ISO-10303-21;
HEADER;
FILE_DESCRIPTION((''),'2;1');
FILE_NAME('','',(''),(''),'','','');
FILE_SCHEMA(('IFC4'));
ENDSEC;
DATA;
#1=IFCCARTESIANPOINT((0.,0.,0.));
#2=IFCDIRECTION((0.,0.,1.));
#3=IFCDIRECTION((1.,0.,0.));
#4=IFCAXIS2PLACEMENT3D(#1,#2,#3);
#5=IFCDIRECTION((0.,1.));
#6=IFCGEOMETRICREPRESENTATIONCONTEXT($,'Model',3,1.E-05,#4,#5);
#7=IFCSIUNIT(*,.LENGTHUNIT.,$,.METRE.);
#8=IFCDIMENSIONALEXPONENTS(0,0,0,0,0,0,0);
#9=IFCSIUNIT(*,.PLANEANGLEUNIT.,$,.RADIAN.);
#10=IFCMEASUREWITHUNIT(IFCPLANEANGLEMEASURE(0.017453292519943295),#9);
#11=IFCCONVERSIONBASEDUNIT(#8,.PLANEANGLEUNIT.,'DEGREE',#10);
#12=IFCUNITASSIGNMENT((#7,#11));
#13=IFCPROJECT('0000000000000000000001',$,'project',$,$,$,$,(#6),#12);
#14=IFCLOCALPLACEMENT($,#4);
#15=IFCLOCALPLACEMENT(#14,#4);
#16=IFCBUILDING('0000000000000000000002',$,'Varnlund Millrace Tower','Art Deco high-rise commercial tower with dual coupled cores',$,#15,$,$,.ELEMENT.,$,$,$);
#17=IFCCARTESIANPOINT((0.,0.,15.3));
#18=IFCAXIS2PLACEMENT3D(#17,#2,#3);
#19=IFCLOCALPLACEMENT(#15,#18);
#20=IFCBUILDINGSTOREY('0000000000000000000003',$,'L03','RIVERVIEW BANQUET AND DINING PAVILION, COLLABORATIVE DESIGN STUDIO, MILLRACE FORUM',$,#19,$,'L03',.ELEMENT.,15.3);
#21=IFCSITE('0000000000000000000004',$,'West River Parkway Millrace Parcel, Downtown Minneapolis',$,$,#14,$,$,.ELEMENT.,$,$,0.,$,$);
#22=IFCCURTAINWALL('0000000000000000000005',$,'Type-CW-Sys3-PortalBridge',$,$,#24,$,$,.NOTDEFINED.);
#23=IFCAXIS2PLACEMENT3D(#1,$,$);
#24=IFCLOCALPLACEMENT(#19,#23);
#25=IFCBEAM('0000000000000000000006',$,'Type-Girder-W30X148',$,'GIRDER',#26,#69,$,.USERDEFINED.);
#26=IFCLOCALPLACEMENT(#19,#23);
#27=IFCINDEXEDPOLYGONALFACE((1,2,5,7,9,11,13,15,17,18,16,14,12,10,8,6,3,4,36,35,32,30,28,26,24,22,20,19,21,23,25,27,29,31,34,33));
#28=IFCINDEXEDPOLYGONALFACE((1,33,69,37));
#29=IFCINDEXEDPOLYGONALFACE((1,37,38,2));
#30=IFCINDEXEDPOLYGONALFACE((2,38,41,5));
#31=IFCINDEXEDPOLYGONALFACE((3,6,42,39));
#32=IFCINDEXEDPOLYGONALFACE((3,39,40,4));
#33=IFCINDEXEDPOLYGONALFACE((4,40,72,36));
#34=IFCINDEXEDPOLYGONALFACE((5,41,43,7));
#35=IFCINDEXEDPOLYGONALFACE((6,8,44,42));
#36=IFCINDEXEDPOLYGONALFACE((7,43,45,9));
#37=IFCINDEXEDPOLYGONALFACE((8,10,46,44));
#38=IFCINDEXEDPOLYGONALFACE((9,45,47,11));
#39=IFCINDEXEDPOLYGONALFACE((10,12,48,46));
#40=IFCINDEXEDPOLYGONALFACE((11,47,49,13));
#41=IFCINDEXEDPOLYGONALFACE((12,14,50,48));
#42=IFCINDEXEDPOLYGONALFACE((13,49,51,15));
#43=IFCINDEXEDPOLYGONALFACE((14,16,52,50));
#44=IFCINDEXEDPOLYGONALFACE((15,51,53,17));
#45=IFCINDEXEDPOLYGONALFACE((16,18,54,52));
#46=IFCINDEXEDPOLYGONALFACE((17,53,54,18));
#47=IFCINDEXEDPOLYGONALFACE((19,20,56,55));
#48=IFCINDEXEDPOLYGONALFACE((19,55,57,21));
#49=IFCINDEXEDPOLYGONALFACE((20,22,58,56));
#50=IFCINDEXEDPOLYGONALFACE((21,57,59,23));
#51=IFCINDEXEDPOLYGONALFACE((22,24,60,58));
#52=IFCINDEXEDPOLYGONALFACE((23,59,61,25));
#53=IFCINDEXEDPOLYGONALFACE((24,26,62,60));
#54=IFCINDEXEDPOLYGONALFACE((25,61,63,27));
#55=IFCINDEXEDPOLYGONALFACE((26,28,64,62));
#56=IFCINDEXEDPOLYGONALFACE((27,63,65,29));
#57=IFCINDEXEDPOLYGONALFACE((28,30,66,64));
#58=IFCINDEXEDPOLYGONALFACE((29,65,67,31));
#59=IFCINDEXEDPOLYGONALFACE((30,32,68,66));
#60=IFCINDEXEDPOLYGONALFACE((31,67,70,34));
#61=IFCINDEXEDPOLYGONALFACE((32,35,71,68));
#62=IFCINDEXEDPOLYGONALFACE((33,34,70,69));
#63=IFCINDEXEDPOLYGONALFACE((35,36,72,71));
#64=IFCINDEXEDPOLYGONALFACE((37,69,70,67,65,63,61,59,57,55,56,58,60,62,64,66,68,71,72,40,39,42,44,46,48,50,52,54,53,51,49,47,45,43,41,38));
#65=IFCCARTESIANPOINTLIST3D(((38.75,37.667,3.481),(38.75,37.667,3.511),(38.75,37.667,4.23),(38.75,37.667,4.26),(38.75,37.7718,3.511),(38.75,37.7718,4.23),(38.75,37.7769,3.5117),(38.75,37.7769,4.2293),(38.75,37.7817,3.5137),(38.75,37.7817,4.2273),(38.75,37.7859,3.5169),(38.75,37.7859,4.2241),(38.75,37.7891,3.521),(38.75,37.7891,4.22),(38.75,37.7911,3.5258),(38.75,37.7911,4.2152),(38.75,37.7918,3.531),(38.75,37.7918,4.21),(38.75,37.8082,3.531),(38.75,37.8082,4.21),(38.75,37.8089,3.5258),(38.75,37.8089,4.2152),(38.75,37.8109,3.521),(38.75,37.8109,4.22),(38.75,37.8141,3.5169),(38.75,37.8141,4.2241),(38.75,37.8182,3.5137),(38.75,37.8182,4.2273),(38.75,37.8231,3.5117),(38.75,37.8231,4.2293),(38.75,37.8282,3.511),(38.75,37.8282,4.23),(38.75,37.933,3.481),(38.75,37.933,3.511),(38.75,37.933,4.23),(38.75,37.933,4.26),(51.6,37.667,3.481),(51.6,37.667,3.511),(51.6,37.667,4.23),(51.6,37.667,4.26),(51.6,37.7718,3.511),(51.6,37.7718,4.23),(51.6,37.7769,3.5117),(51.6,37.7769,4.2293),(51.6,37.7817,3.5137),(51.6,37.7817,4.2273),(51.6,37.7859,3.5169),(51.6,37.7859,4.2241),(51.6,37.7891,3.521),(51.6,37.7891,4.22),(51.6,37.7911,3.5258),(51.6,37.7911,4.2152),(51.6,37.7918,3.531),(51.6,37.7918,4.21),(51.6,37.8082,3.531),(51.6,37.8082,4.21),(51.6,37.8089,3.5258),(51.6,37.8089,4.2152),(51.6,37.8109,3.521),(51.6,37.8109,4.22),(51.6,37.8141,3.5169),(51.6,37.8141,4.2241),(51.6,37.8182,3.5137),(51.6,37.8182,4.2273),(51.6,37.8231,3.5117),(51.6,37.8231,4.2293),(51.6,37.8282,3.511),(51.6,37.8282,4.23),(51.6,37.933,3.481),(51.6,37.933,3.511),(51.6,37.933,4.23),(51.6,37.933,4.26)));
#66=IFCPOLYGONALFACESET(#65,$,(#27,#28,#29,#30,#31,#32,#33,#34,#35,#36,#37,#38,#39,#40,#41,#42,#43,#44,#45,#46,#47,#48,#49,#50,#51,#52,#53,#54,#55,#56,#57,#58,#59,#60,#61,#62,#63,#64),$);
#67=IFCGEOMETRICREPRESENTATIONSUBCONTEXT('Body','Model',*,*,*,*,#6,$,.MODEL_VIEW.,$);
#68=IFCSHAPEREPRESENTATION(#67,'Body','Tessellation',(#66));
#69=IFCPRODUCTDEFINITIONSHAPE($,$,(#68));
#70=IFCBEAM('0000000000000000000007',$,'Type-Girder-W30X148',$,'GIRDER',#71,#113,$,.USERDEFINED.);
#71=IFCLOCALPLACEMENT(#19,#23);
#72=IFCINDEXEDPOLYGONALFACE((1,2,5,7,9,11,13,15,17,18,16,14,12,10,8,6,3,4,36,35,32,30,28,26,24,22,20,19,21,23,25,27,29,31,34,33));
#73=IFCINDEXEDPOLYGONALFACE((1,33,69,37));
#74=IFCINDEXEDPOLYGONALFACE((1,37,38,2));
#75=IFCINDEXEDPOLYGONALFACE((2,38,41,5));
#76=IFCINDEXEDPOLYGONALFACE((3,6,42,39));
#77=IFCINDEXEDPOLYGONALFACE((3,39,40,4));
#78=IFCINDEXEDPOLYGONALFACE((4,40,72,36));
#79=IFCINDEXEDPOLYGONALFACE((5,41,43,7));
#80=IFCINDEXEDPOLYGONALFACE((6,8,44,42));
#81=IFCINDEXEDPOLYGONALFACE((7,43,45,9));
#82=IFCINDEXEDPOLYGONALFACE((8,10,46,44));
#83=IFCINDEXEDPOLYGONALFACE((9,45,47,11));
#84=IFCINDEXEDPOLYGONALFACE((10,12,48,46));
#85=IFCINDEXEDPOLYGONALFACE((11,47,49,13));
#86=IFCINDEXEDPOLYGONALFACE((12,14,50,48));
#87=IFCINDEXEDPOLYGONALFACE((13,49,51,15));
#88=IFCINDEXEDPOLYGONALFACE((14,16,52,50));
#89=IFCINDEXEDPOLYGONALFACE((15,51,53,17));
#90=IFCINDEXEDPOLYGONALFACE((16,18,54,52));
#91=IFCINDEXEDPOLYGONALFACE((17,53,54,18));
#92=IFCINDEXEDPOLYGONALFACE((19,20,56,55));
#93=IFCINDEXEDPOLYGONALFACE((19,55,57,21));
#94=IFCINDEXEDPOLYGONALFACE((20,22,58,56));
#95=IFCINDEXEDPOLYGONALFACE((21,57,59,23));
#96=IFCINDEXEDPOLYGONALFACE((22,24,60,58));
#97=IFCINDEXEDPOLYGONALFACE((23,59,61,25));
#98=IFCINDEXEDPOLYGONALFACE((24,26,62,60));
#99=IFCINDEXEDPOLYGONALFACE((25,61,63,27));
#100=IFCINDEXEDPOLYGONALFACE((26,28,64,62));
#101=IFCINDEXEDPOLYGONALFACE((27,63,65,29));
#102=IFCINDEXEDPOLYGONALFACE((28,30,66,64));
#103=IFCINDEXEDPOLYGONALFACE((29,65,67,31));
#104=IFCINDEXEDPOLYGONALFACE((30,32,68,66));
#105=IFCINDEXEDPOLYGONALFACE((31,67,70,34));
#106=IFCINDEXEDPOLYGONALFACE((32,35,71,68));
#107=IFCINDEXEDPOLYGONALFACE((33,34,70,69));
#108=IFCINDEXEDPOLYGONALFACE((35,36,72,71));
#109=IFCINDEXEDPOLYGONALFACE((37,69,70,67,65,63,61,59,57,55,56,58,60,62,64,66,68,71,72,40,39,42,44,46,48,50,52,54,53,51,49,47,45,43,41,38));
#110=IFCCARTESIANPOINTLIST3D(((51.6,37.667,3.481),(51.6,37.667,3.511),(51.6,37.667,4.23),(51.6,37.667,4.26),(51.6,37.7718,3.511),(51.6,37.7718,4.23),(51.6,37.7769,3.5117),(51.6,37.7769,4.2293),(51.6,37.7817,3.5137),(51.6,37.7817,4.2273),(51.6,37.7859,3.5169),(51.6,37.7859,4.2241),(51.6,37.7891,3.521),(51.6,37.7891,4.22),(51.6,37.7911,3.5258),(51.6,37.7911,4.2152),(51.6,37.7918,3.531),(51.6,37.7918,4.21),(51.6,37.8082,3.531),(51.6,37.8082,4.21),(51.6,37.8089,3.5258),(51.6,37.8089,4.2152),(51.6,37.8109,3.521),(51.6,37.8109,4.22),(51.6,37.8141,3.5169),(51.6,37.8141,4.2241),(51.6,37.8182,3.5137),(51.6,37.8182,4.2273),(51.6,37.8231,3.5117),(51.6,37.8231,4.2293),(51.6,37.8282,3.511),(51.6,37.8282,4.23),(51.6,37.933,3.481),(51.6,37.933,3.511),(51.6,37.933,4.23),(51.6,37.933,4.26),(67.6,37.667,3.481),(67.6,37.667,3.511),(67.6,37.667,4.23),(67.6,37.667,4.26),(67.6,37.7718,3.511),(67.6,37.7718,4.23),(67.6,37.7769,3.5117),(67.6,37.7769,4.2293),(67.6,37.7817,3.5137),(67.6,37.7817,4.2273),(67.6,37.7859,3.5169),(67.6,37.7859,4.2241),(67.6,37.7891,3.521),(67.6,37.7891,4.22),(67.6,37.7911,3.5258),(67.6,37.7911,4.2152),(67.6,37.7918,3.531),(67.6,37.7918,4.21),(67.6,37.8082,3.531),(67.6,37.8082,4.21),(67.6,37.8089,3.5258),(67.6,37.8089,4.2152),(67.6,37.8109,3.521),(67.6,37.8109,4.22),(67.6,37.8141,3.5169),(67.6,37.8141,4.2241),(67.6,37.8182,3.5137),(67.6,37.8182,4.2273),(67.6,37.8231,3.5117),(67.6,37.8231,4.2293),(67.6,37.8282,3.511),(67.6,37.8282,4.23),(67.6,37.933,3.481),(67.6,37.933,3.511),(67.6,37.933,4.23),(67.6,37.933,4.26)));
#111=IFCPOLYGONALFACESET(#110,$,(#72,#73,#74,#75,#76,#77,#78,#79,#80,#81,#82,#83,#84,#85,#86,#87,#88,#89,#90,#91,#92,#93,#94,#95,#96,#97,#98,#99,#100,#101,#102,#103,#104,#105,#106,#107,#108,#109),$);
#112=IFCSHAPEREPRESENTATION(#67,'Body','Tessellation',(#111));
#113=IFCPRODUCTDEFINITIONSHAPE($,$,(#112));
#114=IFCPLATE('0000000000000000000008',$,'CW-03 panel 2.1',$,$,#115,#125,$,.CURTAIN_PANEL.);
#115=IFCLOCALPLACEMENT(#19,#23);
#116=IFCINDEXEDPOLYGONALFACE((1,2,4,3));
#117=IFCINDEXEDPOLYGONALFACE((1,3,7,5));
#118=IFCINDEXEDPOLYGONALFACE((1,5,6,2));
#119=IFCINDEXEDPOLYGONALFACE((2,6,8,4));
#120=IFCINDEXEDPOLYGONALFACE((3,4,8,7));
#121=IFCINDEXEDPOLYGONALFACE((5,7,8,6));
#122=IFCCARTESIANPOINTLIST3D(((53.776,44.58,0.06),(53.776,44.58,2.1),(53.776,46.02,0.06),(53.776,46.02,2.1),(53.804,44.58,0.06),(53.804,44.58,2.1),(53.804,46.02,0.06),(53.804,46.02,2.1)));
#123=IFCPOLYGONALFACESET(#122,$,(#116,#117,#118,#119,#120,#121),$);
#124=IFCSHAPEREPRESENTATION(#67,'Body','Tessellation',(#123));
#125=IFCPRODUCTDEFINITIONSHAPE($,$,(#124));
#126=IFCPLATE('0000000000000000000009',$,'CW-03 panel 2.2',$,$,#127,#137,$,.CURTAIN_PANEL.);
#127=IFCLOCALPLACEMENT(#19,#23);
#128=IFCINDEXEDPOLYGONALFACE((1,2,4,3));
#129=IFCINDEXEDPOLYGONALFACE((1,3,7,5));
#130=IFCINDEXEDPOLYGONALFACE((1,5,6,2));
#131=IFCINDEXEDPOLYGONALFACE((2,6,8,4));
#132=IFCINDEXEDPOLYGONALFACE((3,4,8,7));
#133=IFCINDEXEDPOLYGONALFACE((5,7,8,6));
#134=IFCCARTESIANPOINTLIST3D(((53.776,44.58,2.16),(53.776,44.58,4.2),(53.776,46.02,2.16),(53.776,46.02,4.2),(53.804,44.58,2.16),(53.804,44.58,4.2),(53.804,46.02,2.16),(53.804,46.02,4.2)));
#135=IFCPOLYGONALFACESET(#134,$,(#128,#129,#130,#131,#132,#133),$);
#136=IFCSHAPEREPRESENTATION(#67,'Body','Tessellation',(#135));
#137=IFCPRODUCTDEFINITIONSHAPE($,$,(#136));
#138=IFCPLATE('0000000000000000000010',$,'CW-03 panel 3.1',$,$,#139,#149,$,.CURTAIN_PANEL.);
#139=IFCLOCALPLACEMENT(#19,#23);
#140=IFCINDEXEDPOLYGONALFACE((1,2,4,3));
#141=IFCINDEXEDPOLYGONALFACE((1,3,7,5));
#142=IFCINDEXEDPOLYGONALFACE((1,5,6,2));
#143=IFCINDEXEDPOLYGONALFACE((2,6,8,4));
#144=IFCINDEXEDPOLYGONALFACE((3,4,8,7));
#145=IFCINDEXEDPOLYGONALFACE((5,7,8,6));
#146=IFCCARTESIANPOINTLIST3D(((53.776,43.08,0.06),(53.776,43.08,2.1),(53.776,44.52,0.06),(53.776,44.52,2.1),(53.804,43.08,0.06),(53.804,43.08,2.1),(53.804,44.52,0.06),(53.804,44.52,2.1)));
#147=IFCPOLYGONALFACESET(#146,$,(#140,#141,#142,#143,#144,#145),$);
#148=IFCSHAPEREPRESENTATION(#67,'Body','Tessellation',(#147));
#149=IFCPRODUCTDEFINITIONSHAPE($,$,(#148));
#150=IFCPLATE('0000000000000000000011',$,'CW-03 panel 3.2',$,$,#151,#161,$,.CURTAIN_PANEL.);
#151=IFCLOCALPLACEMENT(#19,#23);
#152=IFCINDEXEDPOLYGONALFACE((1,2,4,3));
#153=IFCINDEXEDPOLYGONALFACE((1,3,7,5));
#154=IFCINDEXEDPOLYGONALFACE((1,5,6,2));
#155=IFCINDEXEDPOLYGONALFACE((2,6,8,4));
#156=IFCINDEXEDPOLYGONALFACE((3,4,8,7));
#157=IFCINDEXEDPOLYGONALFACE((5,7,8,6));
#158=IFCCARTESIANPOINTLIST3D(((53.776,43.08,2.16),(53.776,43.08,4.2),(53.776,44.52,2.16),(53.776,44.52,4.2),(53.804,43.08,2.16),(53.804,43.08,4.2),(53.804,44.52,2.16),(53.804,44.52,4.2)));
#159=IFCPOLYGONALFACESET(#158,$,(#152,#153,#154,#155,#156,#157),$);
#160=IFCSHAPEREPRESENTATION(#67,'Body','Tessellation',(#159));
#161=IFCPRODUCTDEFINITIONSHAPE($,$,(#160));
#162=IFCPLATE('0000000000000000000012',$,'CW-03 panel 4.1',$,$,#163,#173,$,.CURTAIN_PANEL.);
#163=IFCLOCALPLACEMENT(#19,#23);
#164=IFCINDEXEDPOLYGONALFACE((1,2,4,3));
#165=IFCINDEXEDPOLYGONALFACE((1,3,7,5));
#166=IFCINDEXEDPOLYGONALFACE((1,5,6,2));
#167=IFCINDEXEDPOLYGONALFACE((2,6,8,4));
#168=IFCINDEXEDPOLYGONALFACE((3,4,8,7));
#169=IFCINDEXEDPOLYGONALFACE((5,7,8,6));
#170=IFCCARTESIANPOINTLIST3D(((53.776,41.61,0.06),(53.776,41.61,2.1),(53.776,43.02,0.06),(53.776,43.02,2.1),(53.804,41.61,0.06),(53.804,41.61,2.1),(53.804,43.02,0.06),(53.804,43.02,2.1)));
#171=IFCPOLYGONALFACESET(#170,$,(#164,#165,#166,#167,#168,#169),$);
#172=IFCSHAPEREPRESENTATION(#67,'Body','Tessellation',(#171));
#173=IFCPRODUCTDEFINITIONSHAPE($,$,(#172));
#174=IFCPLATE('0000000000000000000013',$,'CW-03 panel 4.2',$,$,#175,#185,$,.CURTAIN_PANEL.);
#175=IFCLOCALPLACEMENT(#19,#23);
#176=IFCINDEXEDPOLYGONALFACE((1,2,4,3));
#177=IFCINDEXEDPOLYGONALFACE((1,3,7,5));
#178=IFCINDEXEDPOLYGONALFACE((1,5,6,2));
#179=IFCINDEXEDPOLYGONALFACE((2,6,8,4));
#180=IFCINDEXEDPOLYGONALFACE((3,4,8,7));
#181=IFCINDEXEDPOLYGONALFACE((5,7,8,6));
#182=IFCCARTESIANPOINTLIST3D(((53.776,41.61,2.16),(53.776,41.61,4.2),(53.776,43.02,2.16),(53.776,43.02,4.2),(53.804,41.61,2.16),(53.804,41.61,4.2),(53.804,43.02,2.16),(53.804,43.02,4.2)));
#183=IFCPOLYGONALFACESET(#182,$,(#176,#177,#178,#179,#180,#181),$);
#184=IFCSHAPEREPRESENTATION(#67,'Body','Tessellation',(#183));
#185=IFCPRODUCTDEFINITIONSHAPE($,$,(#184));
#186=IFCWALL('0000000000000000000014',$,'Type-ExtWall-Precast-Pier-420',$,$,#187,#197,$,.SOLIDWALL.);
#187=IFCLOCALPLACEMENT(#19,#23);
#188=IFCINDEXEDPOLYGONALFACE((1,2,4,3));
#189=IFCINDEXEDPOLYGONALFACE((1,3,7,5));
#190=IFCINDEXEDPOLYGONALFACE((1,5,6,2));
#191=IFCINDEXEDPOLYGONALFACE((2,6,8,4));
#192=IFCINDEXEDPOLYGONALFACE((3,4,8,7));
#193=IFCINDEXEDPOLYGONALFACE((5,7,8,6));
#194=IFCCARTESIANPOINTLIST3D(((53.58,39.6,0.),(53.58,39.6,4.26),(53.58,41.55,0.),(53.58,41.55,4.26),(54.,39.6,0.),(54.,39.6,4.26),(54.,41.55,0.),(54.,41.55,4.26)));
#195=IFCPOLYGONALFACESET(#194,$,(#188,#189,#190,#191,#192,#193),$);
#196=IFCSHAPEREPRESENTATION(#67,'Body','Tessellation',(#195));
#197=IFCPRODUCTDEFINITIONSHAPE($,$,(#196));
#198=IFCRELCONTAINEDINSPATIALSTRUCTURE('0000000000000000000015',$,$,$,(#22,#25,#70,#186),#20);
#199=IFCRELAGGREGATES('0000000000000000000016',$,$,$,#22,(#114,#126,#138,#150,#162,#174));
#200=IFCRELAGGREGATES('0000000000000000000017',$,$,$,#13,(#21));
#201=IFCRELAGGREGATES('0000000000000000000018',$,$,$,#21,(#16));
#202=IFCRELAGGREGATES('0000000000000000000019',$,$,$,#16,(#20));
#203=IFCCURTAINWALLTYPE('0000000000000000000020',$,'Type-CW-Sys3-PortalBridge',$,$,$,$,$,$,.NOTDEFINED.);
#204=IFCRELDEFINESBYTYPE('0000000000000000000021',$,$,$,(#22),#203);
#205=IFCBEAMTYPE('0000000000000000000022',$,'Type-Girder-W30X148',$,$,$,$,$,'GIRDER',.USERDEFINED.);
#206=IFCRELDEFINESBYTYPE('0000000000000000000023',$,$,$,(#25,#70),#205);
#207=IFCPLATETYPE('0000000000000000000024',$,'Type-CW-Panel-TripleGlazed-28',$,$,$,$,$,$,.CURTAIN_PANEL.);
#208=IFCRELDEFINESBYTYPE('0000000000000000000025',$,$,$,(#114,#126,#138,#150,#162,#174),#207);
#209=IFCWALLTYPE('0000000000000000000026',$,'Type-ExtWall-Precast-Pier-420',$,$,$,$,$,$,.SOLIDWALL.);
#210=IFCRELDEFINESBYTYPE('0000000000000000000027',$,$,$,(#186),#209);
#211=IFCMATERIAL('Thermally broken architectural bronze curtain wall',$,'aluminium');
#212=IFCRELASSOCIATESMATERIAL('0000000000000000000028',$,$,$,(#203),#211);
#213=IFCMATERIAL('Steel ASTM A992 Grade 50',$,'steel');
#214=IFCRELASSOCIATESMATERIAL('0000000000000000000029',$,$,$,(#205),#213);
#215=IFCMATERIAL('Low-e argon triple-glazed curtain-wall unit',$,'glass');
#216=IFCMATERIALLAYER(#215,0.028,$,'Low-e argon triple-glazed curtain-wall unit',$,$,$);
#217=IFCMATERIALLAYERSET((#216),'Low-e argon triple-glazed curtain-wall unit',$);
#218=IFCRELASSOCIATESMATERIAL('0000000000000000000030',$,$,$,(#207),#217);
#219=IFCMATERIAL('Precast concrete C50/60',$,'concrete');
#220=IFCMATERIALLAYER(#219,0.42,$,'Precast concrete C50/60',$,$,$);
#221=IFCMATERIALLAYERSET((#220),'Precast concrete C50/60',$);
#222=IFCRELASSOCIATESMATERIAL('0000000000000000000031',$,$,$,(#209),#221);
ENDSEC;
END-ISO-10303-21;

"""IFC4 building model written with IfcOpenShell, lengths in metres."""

from ifc_helpers import new_model, entity, si_unit, converted_unit, direction, frame, origin_with_axes, origin_2d_with_axis, place, context, subcontext, project, spatial, polyline, rectangle, i_section, outline, extrude, material, layer, layer_set, material_profile, profile_set, type_object, element, aggregate, save


model = new_model("IFC4")

# Units and contexts
model_context = context("Model", 3, precision=1e-05, world=origin_with_axes(), true_north=direction((0.0, 1.0)))
body_context = subcontext(model_context, "Body", "Model", "MODEL_VIEW")
ifc_project = project(units=[si_unit("LENGTHUNIT", "METRE"), converted_unit("PLANEANGLEUNIT", "DEGREE", entity("IfcPlaneAngleMeasure", 0.017453292519943295), si_unit("PLANEANGLEUNIT", "RADIAN"), dimensions=[0, 0, 0, 0, 0, 0, 0])], contexts=[model_context])

# Site, building, storey
site_placement = place(None, origin_with_axes())
site = spatial("IfcSite", under=ifc_project, at=site_placement, Name="West River Parkway Millrace Parcel, Downtown Minneapolis", CompositionType="ELEMENT", RefElevation=0.0)
building_placement = place(site_placement, origin_with_axes())
building = spatial("IfcBuilding", under=site, at=building_placement, Name="Varnlund Millrace Tower", Description="Art Deco high-rise commercial tower with dual coupled cores", CompositionType="ELEMENT")
storey_placement = place(building_placement, frame((0.0, 0.0, 15.3), z_axis=(0.0, 0.0, 1.0), x_axis=(1.0, 0.0, 0.0)))
storey = spatial("IfcBuildingStorey", under=building, at=storey_placement, Name="L03", Description="RIVERVIEW BANQUET AND DINING PAVILION, COLLABORATIVE DESIGN STUDIO, MILLRACE FORUM", LongName="L03", CompositionType="ELEMENT", Elevation=15.3)

# Curtain wall
ifc_material_1 = material(Name="Thermally broken architectural bronze curtain wall", Category="aluminium")
curtain_wall_type = type_object("IfcCurtainWallType", Name="Type-CW-Sys3-PortalBridge", PredefinedType="NOTDEFINED", material=ifc_material_1)
curtain_wall_placement = place(storey_placement, frame((53.79, 47.55, 0.0), z_axis=(0.0, 0.0, 1.0), x_axis=(1.0, 0.0, 0.0)))
curtain_wall = element("IfcCurtainWall", 1, at=curtain_wall_placement, inside=storey, type_object=curtain_wall_type, Name="Type-CW-Sys3-PortalBridge", PredefinedType="NOTDEFINED")

# Beams
ifc_material_2 = material(Name="Steel ASTM A992 Grade 50", Category="steel")
ifc_material_profile_1 = material_profile(ifc_material_2, i_section(OverallWidth=0.266, OverallDepth=0.779, WebThickness=0.0165, FlangeThickness=0.03, FilletRadius=0.02, at=origin_2d_with_axis()), Name="Steel ASTM A992 Grade 50")
ifc_profile_set_1 = profile_set([ifc_material_profile_1], Name="Steel ASTM A992 Grade 50")
beam_type = type_object("IfcBeamType", Name="Type-Girder-W30X148", ElementType="GIRDER", PredefinedType="USERDEFINED", material=ifc_profile_set_1)
beam_1_placement = place(storey_placement, frame((38.75, 37.8, 3.8705), z_axis=(1.0, 0.0, 0.0), x_axis=(0.0, 1.0, 0.0)))
element("IfcBeam", 2, at=beam_1_placement, inside=storey, type_object=beam_type, Name="Type-Girder-W30X148", ObjectType="GIRDER", PredefinedType="USERDEFINED", context=body_context, shape_type="SweptSolid", body=[
    extrude(i_section(OverallWidth=0.266, OverallDepth=0.779, WebThickness=0.0165, FlangeThickness=0.03, FilletRadius=0.02, at=origin_2d_with_axis()), origin_with_axes(), (0.0, 0.0, 1.0), 12.85),
])
beam_2_placement = place(storey_placement, frame((51.6, 37.8, 3.8705), z_axis=(1.0, 0.0, 0.0), x_axis=(0.0, 1.0, 0.0)))
element("IfcBeam", 3, at=beam_2_placement, inside=storey, type_object=beam_type, Name="Type-Girder-W30X148", ObjectType="GIRDER", PredefinedType="USERDEFINED", context=body_context, shape_type="SweptSolid", body=[
    extrude(i_section(OverallWidth=0.266, OverallDepth=0.779, WebThickness=0.0165, FlangeThickness=0.03, FilletRadius=0.02, at=origin_2d_with_axis()), origin_with_axes(), (0.0, 0.0, 1.0), 16.0),
])

# Plates
ifc_material_3 = material(Name="Low-e argon triple-glazed curtain-wall unit", Category="glass")
ifc_layer_1 = layer(ifc_material_3, 0.028, Name="Low-e argon triple-glazed curtain-wall unit")
ifc_layer_set_1 = layer_set([ifc_layer_1], Name="Low-e argon triple-glazed curtain-wall unit")
plate_type = type_object("IfcPlateType", Name="Type-CW-Panel-TripleGlazed-28", PredefinedType="CURTAIN_PANEL", material=ifc_layer_set_1)
plate_1_placement = place(storey_placement, frame((53.79, 45.3, 0.06), z_axis=(0.0, 0.0, 1.0), x_axis=(0.0, -1.0, 0.0)))
plate_1 = element("IfcPlate", 4, at=plate_1_placement, type_object=plate_type, Name="CW-03 panel 2.1", PredefinedType="CURTAIN_PANEL", context=body_context, shape_type="SweptSolid", body=[
    extrude(rectangle(XDim=1.44, YDim=0.028, at=origin_2d_with_axis()), origin_with_axes(), (0.0, 0.0, 1.0), 2.04),
])
plate_2_placement = place(storey_placement, frame((53.79, 45.3, 2.16), z_axis=(0.0, 0.0, 1.0), x_axis=(0.0, -1.0, 0.0)))
plate_2 = element("IfcPlate", 5, at=plate_2_placement, type_object=plate_type, Name="CW-03 panel 2.2", PredefinedType="CURTAIN_PANEL", context=body_context, shape_type="SweptSolid", body=[
    extrude(rectangle(XDim=1.44, YDim=0.028, at=origin_2d_with_axis()), origin_with_axes(), (0.0, 0.0, 1.0), 2.04),
])
plate_3_placement = place(storey_placement, frame((53.79, 43.8, 0.06), z_axis=(0.0, 0.0, 1.0), x_axis=(0.0, -1.0, 0.0)))
plate_3 = element("IfcPlate", 6, at=plate_3_placement, type_object=plate_type, Name="CW-03 panel 3.1", PredefinedType="CURTAIN_PANEL", context=body_context, shape_type="SweptSolid", body=[
    extrude(rectangle(XDim=1.44, YDim=0.028, at=origin_2d_with_axis()), origin_with_axes(), (0.0, 0.0, 1.0), 2.04),
])
plate_4_placement = place(storey_placement, frame((53.79, 43.8, 2.16), z_axis=(0.0, 0.0, 1.0), x_axis=(0.0, -1.0, 0.0)))
plate_4 = element("IfcPlate", 7, at=plate_4_placement, type_object=plate_type, Name="CW-03 panel 3.2", PredefinedType="CURTAIN_PANEL", context=body_context, shape_type="SweptSolid", body=[
    extrude(rectangle(XDim=1.44, YDim=0.028, at=origin_2d_with_axis()), origin_with_axes(), (0.0, 0.0, 1.0), 2.04),
])
plate_5_placement = place(storey_placement, frame((53.79, 42.315, 0.06), z_axis=(0.0, 0.0, 1.0), x_axis=(0.0, -1.0, 0.0)))
plate_5 = element("IfcPlate", 8, at=plate_5_placement, type_object=plate_type, Name="CW-03 panel 4.1", PredefinedType="CURTAIN_PANEL", context=body_context, shape_type="SweptSolid", body=[
    extrude(rectangle(XDim=1.41, YDim=0.028, at=origin_2d_with_axis()), origin_with_axes(), (0.0, 0.0, 1.0), 2.04),
])
plate_6_placement = place(storey_placement, frame((53.79, 42.315, 2.16), z_axis=(0.0, 0.0, 1.0), x_axis=(0.0, -1.0, 0.0)))
plate_6 = element("IfcPlate", 9, at=plate_6_placement, type_object=plate_type, Name="CW-03 panel 4.2", PredefinedType="CURTAIN_PANEL", context=body_context, shape_type="SweptSolid", body=[
    extrude(rectangle(XDim=1.41, YDim=0.028, at=origin_2d_with_axis()), origin_with_axes(), (0.0, 0.0, 1.0), 2.04),
])
aggregate(curtain_wall, [plate_1, plate_2, plate_3, plate_4, plate_5, plate_6])

# Wall
ifc_material_4 = material(Name="Precast concrete C50/60", Category="concrete")
ifc_layer_2 = layer(ifc_material_4, 0.42, Name="Precast concrete C50/60")
ifc_layer_set_2 = layer_set([ifc_layer_2], Name="Precast concrete C50/60")
wall_type = type_object("IfcWallType", Name="Type-ExtWall-Precast-Pier-420", PredefinedType="SOLIDWALL", material=ifc_layer_set_2)
wall_1_placement = place(storey_placement, frame((53.79, 41.55, 0.0), z_axis=(0.0, 0.0, 1.0), x_axis=(0.0, -1.0, 0.0)))
element("IfcWall", 10, at=wall_1_placement, inside=storey, type_object=wall_type, Name="Type-ExtWall-Precast-Pier-420", PredefinedType="SOLIDWALL", context=body_context, shape_type="SweptSolid", body=[
    extrude(outline(polyline([(0.0, -0.21), (1.95, -0.21), (1.95, 0.21), (0.0, 0.21), (0.0, -0.21)])), origin_with_axes(), (0.0, 0.0, 1.0), 4.26),
])

save(model, "model.ifc")
